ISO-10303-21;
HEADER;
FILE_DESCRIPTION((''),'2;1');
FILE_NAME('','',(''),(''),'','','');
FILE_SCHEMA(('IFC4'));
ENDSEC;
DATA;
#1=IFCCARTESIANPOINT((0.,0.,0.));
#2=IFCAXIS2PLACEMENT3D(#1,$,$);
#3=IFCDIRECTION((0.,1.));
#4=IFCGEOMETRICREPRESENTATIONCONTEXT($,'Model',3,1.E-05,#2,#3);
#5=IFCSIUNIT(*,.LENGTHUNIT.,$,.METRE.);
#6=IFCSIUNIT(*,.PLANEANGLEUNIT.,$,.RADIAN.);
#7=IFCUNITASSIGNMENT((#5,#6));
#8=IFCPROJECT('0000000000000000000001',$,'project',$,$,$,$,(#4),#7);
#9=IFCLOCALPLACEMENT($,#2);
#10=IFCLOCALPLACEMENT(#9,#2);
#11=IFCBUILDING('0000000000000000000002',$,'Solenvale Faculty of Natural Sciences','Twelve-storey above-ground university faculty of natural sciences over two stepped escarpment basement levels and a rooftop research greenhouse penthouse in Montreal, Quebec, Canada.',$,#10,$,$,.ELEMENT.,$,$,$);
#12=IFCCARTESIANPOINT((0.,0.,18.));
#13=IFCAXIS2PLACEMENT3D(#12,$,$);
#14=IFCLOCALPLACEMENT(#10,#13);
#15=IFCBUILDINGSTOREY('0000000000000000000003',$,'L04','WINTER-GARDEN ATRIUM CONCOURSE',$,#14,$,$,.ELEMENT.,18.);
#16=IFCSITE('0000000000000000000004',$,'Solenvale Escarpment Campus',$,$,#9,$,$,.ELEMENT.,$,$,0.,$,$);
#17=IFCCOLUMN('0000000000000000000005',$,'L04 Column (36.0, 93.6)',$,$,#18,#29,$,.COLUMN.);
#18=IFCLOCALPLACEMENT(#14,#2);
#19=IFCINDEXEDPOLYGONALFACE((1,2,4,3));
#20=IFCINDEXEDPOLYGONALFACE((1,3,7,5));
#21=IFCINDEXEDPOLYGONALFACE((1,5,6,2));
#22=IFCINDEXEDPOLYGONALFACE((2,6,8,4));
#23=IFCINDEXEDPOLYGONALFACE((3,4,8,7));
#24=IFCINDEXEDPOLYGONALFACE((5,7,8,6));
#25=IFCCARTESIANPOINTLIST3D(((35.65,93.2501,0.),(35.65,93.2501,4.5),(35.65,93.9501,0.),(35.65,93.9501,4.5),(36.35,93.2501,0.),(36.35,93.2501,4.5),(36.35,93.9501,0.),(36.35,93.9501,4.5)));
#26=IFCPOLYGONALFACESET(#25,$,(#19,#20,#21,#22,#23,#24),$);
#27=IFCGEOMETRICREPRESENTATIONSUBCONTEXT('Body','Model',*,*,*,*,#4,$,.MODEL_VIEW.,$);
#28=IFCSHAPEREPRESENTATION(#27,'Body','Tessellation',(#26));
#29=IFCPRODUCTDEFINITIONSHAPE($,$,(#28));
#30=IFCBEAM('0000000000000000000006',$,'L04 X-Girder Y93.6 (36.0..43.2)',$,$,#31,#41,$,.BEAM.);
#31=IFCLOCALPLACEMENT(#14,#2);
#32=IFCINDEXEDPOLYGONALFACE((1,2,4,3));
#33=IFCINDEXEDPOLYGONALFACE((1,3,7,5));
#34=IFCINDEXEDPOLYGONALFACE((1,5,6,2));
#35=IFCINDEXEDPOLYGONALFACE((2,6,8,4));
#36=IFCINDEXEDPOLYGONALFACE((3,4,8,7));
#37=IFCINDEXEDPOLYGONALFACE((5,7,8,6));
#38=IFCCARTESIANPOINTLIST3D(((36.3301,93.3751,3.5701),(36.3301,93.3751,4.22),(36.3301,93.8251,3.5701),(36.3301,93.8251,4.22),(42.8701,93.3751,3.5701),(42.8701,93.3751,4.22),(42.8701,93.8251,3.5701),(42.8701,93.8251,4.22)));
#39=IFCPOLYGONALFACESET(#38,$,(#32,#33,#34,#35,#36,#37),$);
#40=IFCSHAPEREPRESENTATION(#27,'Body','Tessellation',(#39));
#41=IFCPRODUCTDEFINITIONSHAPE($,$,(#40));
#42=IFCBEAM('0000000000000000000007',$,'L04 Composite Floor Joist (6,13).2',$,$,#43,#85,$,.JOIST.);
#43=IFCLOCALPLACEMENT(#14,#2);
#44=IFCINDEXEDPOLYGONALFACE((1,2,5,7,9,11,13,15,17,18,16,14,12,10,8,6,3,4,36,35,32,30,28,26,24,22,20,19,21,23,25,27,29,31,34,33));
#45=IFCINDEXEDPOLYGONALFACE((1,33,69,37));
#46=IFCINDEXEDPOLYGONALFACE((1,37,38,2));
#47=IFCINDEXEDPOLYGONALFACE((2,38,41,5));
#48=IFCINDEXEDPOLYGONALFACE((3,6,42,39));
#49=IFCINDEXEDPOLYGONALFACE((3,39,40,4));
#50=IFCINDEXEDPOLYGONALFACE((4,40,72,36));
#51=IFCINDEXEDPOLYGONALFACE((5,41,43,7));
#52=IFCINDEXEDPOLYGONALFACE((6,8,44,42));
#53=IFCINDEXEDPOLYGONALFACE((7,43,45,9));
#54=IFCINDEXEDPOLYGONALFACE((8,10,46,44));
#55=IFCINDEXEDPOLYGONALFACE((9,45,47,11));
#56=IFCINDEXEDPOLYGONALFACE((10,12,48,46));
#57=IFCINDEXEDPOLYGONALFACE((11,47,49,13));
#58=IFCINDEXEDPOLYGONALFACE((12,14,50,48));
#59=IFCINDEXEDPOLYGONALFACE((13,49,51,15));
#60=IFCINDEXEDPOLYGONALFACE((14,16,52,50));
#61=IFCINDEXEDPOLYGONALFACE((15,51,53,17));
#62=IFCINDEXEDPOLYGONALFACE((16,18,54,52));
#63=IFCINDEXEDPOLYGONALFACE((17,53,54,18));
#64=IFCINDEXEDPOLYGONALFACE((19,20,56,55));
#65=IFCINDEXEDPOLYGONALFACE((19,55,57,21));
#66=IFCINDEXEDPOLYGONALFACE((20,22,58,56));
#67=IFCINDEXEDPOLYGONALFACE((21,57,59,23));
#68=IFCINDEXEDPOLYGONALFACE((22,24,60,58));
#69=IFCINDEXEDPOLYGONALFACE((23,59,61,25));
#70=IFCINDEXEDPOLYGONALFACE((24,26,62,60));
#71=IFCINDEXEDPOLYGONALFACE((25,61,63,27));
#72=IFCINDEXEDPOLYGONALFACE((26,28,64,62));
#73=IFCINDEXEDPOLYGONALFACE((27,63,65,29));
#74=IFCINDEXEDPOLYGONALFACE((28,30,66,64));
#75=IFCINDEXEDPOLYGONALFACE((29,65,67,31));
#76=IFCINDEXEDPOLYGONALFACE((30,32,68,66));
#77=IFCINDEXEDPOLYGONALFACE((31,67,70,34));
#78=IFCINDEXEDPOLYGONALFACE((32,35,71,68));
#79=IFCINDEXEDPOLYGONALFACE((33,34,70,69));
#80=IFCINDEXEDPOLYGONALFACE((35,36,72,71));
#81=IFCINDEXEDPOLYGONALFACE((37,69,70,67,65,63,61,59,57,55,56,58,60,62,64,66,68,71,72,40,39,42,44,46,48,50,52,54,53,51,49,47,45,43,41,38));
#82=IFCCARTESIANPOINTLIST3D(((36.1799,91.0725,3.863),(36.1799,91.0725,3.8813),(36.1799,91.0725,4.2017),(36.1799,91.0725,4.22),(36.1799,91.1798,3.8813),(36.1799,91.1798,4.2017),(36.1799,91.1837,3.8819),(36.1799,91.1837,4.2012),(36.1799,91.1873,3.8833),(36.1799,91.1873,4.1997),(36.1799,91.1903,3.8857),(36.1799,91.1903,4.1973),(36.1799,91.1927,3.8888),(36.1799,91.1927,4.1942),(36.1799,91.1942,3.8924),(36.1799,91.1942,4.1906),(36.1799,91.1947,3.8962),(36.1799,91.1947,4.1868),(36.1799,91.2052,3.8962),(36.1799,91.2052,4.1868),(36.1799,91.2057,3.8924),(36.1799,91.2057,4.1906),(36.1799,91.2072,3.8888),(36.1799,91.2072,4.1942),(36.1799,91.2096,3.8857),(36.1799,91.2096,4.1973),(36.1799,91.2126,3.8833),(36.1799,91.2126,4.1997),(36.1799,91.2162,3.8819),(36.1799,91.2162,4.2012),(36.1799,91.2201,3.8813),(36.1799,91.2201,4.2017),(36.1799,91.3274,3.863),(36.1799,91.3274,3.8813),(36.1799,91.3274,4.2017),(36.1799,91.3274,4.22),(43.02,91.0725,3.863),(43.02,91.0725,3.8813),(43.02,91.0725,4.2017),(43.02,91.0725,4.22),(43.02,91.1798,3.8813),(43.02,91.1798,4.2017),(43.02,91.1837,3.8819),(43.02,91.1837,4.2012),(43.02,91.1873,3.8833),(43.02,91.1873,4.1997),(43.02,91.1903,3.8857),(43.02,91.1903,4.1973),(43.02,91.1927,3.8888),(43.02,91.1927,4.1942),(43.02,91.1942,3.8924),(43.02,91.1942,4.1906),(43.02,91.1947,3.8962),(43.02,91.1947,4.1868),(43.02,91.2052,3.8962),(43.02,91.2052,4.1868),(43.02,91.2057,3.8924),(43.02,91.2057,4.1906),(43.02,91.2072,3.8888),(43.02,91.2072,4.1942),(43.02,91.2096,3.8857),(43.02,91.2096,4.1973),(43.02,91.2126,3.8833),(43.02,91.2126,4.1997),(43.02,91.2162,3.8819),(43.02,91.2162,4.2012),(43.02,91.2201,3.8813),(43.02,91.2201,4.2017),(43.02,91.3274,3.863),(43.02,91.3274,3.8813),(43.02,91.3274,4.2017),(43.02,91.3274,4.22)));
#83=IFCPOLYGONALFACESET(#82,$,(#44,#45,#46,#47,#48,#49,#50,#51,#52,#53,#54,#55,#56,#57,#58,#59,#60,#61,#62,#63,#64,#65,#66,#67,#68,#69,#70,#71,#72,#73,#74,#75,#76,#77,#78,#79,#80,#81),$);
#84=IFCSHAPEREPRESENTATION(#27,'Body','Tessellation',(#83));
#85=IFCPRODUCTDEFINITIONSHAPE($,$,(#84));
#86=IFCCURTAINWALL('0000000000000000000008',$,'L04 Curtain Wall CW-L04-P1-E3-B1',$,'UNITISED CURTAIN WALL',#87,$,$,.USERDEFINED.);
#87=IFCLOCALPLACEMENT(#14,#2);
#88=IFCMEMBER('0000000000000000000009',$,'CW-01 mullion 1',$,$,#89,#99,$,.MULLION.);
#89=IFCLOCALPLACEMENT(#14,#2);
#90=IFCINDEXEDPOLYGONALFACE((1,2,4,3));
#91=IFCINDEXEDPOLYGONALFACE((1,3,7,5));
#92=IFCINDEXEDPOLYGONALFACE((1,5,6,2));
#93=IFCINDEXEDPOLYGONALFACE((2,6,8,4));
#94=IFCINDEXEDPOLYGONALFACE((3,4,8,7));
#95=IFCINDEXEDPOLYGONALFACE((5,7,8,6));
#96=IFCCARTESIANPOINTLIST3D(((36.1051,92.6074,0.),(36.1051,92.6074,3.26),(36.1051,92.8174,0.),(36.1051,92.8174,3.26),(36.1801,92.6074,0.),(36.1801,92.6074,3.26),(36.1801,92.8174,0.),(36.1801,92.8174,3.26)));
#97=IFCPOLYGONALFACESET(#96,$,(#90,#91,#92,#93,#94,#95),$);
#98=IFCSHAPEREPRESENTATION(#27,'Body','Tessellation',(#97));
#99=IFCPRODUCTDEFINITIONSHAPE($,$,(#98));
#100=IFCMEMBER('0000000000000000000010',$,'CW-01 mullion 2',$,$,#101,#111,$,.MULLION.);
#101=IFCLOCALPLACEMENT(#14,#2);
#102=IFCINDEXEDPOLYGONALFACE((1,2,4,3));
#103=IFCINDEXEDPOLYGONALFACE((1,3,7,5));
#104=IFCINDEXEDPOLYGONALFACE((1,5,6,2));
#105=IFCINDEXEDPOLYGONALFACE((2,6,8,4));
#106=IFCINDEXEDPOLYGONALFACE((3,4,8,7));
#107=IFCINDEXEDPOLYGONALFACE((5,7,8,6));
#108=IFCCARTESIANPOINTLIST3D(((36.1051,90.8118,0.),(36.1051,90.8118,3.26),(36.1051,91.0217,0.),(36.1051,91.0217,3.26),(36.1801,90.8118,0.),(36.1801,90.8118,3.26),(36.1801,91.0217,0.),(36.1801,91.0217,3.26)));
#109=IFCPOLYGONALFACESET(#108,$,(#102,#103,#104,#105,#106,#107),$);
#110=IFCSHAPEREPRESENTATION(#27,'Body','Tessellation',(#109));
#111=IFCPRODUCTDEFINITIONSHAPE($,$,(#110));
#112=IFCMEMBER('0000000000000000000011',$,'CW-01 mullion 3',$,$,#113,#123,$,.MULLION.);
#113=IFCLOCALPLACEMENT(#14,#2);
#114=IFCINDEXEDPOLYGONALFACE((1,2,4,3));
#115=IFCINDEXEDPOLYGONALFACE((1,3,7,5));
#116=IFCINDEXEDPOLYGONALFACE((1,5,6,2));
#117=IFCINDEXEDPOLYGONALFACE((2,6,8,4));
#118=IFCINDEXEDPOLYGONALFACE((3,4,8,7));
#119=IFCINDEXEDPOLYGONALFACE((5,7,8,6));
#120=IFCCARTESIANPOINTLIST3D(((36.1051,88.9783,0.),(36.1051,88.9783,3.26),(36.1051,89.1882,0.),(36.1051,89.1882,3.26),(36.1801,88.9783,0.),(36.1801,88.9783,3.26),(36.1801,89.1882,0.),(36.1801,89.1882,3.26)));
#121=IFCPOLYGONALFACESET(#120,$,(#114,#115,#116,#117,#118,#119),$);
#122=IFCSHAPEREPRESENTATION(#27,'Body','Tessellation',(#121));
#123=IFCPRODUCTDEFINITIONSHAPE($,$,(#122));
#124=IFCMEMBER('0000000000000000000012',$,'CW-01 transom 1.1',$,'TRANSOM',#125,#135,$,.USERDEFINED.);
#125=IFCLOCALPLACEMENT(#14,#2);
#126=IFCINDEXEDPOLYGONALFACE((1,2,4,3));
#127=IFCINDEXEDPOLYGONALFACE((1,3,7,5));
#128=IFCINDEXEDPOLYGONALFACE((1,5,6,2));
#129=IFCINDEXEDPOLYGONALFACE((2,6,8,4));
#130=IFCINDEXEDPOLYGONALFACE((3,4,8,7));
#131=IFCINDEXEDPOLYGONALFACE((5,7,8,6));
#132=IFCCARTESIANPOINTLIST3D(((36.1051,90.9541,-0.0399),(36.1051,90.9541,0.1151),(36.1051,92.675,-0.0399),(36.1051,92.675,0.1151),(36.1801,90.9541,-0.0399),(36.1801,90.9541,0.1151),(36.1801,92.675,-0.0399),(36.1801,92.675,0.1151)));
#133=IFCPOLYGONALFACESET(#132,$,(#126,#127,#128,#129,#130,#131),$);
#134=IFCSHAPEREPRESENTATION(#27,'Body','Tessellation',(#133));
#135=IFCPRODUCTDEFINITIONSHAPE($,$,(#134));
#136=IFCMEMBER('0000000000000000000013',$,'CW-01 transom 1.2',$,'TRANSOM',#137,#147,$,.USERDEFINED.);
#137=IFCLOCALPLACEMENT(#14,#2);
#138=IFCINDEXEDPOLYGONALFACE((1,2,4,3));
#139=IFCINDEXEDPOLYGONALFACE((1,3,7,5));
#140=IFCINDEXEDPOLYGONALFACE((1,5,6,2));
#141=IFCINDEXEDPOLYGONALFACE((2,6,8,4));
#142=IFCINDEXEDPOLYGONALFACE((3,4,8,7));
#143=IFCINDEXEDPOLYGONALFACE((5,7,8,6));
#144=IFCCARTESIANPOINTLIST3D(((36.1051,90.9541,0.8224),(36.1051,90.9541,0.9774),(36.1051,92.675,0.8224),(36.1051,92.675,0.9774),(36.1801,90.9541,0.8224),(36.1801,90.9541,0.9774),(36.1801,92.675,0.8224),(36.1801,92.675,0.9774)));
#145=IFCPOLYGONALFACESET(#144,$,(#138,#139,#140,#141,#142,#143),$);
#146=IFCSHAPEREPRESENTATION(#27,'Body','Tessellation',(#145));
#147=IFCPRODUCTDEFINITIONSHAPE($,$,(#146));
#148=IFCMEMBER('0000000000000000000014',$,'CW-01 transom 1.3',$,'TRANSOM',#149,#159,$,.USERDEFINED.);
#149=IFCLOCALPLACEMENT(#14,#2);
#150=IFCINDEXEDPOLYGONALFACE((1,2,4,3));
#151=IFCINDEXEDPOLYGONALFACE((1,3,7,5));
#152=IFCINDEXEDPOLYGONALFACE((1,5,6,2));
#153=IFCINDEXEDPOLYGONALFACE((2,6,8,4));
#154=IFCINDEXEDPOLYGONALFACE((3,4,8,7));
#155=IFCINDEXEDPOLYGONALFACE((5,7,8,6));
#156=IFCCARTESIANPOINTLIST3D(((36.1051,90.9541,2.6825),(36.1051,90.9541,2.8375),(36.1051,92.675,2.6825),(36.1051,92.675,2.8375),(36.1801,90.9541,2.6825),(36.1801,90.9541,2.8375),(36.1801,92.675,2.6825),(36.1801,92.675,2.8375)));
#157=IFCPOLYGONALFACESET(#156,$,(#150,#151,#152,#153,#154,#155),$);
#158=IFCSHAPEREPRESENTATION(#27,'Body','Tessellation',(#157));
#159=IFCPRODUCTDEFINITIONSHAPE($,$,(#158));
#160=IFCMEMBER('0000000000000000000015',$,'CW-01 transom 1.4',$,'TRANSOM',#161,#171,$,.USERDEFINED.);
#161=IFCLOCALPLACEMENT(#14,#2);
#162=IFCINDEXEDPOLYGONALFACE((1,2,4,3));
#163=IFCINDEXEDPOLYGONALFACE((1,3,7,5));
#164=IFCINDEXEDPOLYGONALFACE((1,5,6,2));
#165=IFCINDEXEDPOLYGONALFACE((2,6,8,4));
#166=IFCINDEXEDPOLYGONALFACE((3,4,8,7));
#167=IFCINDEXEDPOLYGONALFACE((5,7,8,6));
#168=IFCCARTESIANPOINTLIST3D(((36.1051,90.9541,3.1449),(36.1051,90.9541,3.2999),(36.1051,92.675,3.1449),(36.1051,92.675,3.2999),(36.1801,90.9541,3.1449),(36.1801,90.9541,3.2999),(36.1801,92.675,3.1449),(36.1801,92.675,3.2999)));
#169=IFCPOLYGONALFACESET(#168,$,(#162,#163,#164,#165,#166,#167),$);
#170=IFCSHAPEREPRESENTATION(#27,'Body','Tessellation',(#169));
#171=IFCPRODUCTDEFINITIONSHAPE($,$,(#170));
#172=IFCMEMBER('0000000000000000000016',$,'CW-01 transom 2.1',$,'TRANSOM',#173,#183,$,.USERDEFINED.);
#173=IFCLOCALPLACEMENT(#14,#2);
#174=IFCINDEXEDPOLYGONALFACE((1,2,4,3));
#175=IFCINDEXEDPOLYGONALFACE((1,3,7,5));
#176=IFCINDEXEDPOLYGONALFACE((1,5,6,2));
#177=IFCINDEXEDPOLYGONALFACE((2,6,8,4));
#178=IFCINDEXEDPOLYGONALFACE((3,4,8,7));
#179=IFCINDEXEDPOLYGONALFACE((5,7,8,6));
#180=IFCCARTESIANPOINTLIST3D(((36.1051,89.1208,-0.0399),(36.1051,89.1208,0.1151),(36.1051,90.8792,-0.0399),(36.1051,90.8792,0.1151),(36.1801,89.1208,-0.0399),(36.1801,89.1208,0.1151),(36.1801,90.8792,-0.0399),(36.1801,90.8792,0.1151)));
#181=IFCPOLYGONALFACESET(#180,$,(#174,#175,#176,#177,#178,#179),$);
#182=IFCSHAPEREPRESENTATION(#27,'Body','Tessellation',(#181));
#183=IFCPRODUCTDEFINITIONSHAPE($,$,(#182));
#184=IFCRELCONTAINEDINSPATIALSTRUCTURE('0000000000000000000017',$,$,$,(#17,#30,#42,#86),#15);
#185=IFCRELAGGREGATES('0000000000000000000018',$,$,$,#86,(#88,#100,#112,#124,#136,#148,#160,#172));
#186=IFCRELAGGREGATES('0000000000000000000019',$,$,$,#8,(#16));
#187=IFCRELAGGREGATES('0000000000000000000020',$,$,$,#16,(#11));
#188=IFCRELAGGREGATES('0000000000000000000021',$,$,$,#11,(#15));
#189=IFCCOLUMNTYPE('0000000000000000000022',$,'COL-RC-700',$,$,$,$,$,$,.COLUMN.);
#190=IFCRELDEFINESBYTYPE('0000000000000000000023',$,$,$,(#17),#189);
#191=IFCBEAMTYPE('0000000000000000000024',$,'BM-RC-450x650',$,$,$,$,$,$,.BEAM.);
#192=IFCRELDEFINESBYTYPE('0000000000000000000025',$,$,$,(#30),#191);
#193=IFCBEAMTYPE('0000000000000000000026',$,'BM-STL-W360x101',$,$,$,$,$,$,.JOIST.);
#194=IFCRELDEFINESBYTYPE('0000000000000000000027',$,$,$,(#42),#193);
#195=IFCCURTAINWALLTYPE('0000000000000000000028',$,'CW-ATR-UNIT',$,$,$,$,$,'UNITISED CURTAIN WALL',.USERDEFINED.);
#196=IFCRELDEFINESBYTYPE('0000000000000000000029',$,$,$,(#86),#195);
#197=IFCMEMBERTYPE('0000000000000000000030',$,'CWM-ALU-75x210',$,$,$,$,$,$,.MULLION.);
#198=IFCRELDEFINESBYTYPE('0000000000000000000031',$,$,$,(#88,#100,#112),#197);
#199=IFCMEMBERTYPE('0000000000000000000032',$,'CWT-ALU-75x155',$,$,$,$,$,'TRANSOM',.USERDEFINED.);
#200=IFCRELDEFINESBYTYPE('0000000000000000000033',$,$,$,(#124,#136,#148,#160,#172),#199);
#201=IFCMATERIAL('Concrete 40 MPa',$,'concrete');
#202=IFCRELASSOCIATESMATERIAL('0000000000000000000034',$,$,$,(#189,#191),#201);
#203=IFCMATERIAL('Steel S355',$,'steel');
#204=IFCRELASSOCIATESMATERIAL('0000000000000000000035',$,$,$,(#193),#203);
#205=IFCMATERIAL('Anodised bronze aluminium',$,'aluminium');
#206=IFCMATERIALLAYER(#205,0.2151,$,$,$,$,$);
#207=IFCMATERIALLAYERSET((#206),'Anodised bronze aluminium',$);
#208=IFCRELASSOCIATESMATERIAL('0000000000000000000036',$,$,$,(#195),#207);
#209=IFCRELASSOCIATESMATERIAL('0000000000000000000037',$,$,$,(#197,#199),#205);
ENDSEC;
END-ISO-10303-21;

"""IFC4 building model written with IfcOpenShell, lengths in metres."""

from ifc_helpers import new_model, si_unit, direction, frame, origin, origin_2d, place, context, subcontext, project, spatial, rectangle, i_section, extrude, material, layer, layer_set, material_profile, profile_set, type_object, element, aggregate, save


model = new_model("IFC4")

# Units and contexts
model_context = context("Model", 3, precision=1e-05, world=origin(), true_north=direction((0.0, 1.0)))
body_context = subcontext(model_context, "Body", "Model", "MODEL_VIEW")
ifc_project = project(units=[si_unit("LENGTHUNIT", "METRE"), si_unit("PLANEANGLEUNIT", "RADIAN")], contexts=[model_context])

# Site, building, storey
site_placement = place(None, origin())
site = spatial("IfcSite", under=ifc_project, at=site_placement, Name="Solenvale Escarpment Campus", CompositionType="ELEMENT", RefElevation=0.0)
building_placement = place(site_placement, origin())
building = spatial("IfcBuilding", under=site, at=building_placement, Name="Solenvale Faculty of Natural Sciences", Description="Twelve-storey above-ground university faculty of natural sciences over two stepped escarpment basement levels and a rooftop research greenhouse penthouse in Montreal, Quebec, Canada.", CompositionType="ELEMENT")
storey_placement = place(building_placement, frame((0.0, 0.0, 18.0)))
storey = spatial("IfcBuildingStorey", under=building, at=storey_placement, Name="L04", Description="WINTER-GARDEN ATRIUM CONCOURSE", CompositionType="ELEMENT", Elevation=18.0)

# Column
ifc_material_1 = material(Name="Concrete 40 MPa", Category="concrete")
ifc_material_profile_1 = material_profile(ifc_material_1, rectangle(XDim=0.7, YDim=0.7, at=origin_2d()), Name="RC-COL-700x700")
ifc_profile_set_1 = profile_set([ifc_material_profile_1], Name="Concrete 40 MPa")
column_type = type_object("IfcColumnType", Name="COL-RC-700", PredefinedType="COLUMN", material=ifc_profile_set_1)
column_placement = place(storey_placement, frame((36.0, 93.6001, 0.0), z_axis=(0.0, 0.0, 1.0), x_axis=(1.0, 0.0, 0.0)))
element("IfcColumn", 1, at=column_placement, inside=storey, type_object=column_type, Name="L04 Column (36.0, 93.6)", PredefinedType="COLUMN", context=body_context, shape_type="SweptSolid", body=[
    extrude(rectangle(XDim=0.7, YDim=0.7, at=origin_2d()), origin(), (0.0, 0.0, 1.0), 4.5),
])

# Beams
ifc_material_profile_2 = material_profile(ifc_material_1, rectangle(XDim=0.45, YDim=0.6499, at=origin_2d()), Name="RC-BM-450x650")
ifc_profile_set_2 = profile_set([ifc_material_profile_2], Name="Concrete 40 MPa")
beam_type_1 = type_object("IfcBeamType", Name="BM-RC-450x650", PredefinedType="BEAM", material=ifc_profile_set_2)
beam_1_placement = place(storey_placement, frame((36.3301, 93.6001, 3.895), z_axis=(1.0, 0.0, 0.0), x_axis=(0.0, 1.0, 0.0)))
element("IfcBeam", 2, at=beam_1_placement, inside=storey, type_object=beam_type_1, Name="L04 X-Girder Y93.6 (36.0..43.2)", PredefinedType="BEAM", context=body_context, shape_type="SweptSolid", body=[
    extrude(rectangle(XDim=0.45, YDim=0.6499, at=origin_2d()), origin(), (0.0, 0.0, 1.0), 6.54),
])
ifc_material_2 = material(Name="Steel S355", Category="steel")
ifc_material_profile_3 = material_profile(ifc_material_2, i_section(OverallWidth=0.2549, OverallDepth=0.3569, WebThickness=0.0105, FlangeThickness=0.0183, FilletRadius=0.0149, at=origin_2d()), Name="W360x101")
ifc_profile_set_3 = profile_set([ifc_material_profile_3], Name="Steel S355")
beam_type_2 = type_object("IfcBeamType", Name="BM-STL-W360x101", PredefinedType="JOIST", material=ifc_profile_set_3)
beam_2_placement = place(storey_placement, frame((36.1799, 91.2, 4.0415), z_axis=(1.0, 0.0, 0.0), x_axis=(0.0, 1.0, 0.0)))
element("IfcBeam", 3, at=beam_2_placement, inside=storey, type_object=beam_type_2, Name="L04 Composite Floor Joist (6,13).2", PredefinedType="JOIST", context=body_context, shape_type="SweptSolid", body=[
    extrude(i_section(OverallWidth=0.2549, OverallDepth=0.3569, WebThickness=0.0105, FlangeThickness=0.0183, FilletRadius=0.0149, at=origin_2d()), origin(), (0.0, 0.0, 1.0), 6.8401),
])

# Curtain wall, members
ifc_material_3 = material(Name="Anodised bronze aluminium", Category="aluminium")
ifc_layer_1 = layer(ifc_material_3, 0.2151)
ifc_layer_set_1 = layer_set([ifc_layer_1], Name="Anodised bronze aluminium")
curtain_wall_type = type_object("IfcCurtainWallType", Name="CW-ATR-UNIT", ElementType="UNITISED CURTAIN WALL", PredefinedType="USERDEFINED", material=ifc_layer_set_1)
curtain_wall_placement = place(storey_placement, origin())
curtain_wall = element("IfcCurtainWall", 4, at=curtain_wall_placement, inside=storey, type_object=curtain_wall_type, Name="L04 Curtain Wall CW-L04-P1-E3-B1", ObjectType="UNITISED CURTAIN WALL", PredefinedType="USERDEFINED")
ifc_material_profile_4 = material_profile(ifc_material_3, rectangle(XDim=0.075, YDim=0.21, at=origin_2d()), Name="ALU-MUL-75x210")
ifc_profile_set_4 = profile_set([ifc_material_profile_4], Name="Anodised bronze aluminium")
member_type_1 = type_object("IfcMemberType", Name="CWM-ALU-75x210", PredefinedType="MULLION", material=ifc_profile_set_4)
member_1_placement = place(storey_placement, frame((36.1426, 92.7124, 0.0), z_axis=(0.0, 0.0, 1.0), x_axis=(1.0, 0.0, 0.0)))
member_1 = element("IfcMember", 5, at=member_1_placement, type_object=member_type_1, Name="CW-01 mullion 1", PredefinedType="MULLION", context=body_context, shape_type="SweptSolid", body=[
    extrude(rectangle(XDim=0.075, YDim=0.21, at=origin_2d()), origin(), (0.0, 0.0, 1.0), 3.26),
])
member_2_placement = place(storey_placement, frame((36.1426, 90.9167, 0.0), z_axis=(0.0, 0.0, 1.0), x_axis=(1.0, 0.0, 0.0)))
member_2 = element("IfcMember", 6, at=member_2_placement, type_object=member_type_1, Name="CW-01 mullion 2", PredefinedType="MULLION", context=body_context, shape_type="SweptSolid", body=[
    extrude(rectangle(XDim=0.075, YDim=0.21, at=origin_2d()), origin(), (0.0, 0.0, 1.0), 3.26),
])
member_3_placement = place(storey_placement, frame((36.1426, 89.0833, 0.0), z_axis=(0.0, 0.0, 1.0), x_axis=(1.0, 0.0, 0.0)))
member_3 = element("IfcMember", 7, at=member_3_placement, type_object=member_type_1, Name="CW-01 mullion 3", PredefinedType="MULLION", context=body_context, shape_type="SweptSolid", body=[
    extrude(rectangle(XDim=0.075, YDim=0.21, at=origin_2d()), origin(), (0.0, 0.0, 1.0), 3.26),
])
ifc_material_profile_5 = material_profile(ifc_material_3, rectangle(XDim=0.075, YDim=0.155, at=origin_2d()), Name="ALU-TRN-75x155")
ifc_profile_set_5 = profile_set([ifc_material_profile_5], Name="Anodised bronze aluminium")
member_type_2 = type_object("IfcMemberType", Name="CWT-ALU-75x155", ElementType="TRANSOM", PredefinedType="USERDEFINED", material=ifc_profile_set_5)
member_4_placement = place(storey_placement, frame((36.1426, 92.675, 0.0376), z_axis=(0.0, -1.0, 0.0), x_axis=(1.0, 0.0, 0.0)))
member_4 = element("IfcMember", 8, at=member_4_placement, type_object=member_type_2, Name="CW-01 transom 1.1", ObjectType="TRANSOM", PredefinedType="USERDEFINED", context=body_context, shape_type="SweptSolid", body=[
    extrude(rectangle(XDim=0.075, YDim=0.155, at=origin_2d()), origin(), (0.0, 0.0, 1.0), 1.7209),
])
member_5_placement = place(storey_placement, frame((36.1426, 92.675, 0.8999), z_axis=(0.0, -1.0, 0.0), x_axis=(1.0, 0.0, 0.0)))
member_5 = element("IfcMember", 9, at=member_5_placement, type_object=member_type_2, Name="CW-01 transom 1.2", ObjectType="TRANSOM", PredefinedType="USERDEFINED", context=body_context, shape_type="SweptSolid", body=[
    extrude(rectangle(XDim=0.075, YDim=0.155, at=origin_2d()), origin(), (0.0, 0.0, 1.0), 1.7209),
])
member_6_placement = place(storey_placement, frame((36.1426, 92.675, 2.76), z_axis=(0.0, -1.0, 0.0), x_axis=(1.0, 0.0, 0.0)))
member_6 = element("IfcMember", 10, at=member_6_placement, type_object=member_type_2, Name="CW-01 transom 1.3", ObjectType="TRANSOM", PredefinedType="USERDEFINED", context=body_context, shape_type="SweptSolid", body=[
    extrude(rectangle(XDim=0.075, YDim=0.155, at=origin_2d()), origin(), (0.0, 0.0, 1.0), 1.7209),
])
member_7_placement = place(storey_placement, frame((36.1426, 92.675, 3.2224), z_axis=(0.0, -1.0, 0.0), x_axis=(1.0, 0.0, 0.0)))
member_7 = element("IfcMember", 11, at=member_7_placement, type_object=member_type_2, Name="CW-01 transom 1.4", ObjectType="TRANSOM", PredefinedType="USERDEFINED", context=body_context, shape_type="SweptSolid", body=[
    extrude(rectangle(XDim=0.075, YDim=0.155, at=origin_2d()), origin(), (0.0, 0.0, 1.0), 1.7209),
])
member_8_placement = place(storey_placement, frame((36.1426, 90.8792, 0.0376), z_axis=(0.0, -1.0, 0.0), x_axis=(1.0, 0.0, 0.0)))
member_8 = element("IfcMember", 12, at=member_8_placement, type_object=member_type_2, Name="CW-01 transom 2.1", ObjectType="TRANSOM", PredefinedType="USERDEFINED", context=body_context, shape_type="SweptSolid", body=[
    extrude(rectangle(XDim=0.075, YDim=0.155, at=origin_2d()), origin(), (0.0, 0.0, 1.0), 1.7583),
])
aggregate(curtain_wall, [member_1, member_2, member_3, member_4, member_5, member_6, member_7, member_8])

save(model, "model.ifc")
